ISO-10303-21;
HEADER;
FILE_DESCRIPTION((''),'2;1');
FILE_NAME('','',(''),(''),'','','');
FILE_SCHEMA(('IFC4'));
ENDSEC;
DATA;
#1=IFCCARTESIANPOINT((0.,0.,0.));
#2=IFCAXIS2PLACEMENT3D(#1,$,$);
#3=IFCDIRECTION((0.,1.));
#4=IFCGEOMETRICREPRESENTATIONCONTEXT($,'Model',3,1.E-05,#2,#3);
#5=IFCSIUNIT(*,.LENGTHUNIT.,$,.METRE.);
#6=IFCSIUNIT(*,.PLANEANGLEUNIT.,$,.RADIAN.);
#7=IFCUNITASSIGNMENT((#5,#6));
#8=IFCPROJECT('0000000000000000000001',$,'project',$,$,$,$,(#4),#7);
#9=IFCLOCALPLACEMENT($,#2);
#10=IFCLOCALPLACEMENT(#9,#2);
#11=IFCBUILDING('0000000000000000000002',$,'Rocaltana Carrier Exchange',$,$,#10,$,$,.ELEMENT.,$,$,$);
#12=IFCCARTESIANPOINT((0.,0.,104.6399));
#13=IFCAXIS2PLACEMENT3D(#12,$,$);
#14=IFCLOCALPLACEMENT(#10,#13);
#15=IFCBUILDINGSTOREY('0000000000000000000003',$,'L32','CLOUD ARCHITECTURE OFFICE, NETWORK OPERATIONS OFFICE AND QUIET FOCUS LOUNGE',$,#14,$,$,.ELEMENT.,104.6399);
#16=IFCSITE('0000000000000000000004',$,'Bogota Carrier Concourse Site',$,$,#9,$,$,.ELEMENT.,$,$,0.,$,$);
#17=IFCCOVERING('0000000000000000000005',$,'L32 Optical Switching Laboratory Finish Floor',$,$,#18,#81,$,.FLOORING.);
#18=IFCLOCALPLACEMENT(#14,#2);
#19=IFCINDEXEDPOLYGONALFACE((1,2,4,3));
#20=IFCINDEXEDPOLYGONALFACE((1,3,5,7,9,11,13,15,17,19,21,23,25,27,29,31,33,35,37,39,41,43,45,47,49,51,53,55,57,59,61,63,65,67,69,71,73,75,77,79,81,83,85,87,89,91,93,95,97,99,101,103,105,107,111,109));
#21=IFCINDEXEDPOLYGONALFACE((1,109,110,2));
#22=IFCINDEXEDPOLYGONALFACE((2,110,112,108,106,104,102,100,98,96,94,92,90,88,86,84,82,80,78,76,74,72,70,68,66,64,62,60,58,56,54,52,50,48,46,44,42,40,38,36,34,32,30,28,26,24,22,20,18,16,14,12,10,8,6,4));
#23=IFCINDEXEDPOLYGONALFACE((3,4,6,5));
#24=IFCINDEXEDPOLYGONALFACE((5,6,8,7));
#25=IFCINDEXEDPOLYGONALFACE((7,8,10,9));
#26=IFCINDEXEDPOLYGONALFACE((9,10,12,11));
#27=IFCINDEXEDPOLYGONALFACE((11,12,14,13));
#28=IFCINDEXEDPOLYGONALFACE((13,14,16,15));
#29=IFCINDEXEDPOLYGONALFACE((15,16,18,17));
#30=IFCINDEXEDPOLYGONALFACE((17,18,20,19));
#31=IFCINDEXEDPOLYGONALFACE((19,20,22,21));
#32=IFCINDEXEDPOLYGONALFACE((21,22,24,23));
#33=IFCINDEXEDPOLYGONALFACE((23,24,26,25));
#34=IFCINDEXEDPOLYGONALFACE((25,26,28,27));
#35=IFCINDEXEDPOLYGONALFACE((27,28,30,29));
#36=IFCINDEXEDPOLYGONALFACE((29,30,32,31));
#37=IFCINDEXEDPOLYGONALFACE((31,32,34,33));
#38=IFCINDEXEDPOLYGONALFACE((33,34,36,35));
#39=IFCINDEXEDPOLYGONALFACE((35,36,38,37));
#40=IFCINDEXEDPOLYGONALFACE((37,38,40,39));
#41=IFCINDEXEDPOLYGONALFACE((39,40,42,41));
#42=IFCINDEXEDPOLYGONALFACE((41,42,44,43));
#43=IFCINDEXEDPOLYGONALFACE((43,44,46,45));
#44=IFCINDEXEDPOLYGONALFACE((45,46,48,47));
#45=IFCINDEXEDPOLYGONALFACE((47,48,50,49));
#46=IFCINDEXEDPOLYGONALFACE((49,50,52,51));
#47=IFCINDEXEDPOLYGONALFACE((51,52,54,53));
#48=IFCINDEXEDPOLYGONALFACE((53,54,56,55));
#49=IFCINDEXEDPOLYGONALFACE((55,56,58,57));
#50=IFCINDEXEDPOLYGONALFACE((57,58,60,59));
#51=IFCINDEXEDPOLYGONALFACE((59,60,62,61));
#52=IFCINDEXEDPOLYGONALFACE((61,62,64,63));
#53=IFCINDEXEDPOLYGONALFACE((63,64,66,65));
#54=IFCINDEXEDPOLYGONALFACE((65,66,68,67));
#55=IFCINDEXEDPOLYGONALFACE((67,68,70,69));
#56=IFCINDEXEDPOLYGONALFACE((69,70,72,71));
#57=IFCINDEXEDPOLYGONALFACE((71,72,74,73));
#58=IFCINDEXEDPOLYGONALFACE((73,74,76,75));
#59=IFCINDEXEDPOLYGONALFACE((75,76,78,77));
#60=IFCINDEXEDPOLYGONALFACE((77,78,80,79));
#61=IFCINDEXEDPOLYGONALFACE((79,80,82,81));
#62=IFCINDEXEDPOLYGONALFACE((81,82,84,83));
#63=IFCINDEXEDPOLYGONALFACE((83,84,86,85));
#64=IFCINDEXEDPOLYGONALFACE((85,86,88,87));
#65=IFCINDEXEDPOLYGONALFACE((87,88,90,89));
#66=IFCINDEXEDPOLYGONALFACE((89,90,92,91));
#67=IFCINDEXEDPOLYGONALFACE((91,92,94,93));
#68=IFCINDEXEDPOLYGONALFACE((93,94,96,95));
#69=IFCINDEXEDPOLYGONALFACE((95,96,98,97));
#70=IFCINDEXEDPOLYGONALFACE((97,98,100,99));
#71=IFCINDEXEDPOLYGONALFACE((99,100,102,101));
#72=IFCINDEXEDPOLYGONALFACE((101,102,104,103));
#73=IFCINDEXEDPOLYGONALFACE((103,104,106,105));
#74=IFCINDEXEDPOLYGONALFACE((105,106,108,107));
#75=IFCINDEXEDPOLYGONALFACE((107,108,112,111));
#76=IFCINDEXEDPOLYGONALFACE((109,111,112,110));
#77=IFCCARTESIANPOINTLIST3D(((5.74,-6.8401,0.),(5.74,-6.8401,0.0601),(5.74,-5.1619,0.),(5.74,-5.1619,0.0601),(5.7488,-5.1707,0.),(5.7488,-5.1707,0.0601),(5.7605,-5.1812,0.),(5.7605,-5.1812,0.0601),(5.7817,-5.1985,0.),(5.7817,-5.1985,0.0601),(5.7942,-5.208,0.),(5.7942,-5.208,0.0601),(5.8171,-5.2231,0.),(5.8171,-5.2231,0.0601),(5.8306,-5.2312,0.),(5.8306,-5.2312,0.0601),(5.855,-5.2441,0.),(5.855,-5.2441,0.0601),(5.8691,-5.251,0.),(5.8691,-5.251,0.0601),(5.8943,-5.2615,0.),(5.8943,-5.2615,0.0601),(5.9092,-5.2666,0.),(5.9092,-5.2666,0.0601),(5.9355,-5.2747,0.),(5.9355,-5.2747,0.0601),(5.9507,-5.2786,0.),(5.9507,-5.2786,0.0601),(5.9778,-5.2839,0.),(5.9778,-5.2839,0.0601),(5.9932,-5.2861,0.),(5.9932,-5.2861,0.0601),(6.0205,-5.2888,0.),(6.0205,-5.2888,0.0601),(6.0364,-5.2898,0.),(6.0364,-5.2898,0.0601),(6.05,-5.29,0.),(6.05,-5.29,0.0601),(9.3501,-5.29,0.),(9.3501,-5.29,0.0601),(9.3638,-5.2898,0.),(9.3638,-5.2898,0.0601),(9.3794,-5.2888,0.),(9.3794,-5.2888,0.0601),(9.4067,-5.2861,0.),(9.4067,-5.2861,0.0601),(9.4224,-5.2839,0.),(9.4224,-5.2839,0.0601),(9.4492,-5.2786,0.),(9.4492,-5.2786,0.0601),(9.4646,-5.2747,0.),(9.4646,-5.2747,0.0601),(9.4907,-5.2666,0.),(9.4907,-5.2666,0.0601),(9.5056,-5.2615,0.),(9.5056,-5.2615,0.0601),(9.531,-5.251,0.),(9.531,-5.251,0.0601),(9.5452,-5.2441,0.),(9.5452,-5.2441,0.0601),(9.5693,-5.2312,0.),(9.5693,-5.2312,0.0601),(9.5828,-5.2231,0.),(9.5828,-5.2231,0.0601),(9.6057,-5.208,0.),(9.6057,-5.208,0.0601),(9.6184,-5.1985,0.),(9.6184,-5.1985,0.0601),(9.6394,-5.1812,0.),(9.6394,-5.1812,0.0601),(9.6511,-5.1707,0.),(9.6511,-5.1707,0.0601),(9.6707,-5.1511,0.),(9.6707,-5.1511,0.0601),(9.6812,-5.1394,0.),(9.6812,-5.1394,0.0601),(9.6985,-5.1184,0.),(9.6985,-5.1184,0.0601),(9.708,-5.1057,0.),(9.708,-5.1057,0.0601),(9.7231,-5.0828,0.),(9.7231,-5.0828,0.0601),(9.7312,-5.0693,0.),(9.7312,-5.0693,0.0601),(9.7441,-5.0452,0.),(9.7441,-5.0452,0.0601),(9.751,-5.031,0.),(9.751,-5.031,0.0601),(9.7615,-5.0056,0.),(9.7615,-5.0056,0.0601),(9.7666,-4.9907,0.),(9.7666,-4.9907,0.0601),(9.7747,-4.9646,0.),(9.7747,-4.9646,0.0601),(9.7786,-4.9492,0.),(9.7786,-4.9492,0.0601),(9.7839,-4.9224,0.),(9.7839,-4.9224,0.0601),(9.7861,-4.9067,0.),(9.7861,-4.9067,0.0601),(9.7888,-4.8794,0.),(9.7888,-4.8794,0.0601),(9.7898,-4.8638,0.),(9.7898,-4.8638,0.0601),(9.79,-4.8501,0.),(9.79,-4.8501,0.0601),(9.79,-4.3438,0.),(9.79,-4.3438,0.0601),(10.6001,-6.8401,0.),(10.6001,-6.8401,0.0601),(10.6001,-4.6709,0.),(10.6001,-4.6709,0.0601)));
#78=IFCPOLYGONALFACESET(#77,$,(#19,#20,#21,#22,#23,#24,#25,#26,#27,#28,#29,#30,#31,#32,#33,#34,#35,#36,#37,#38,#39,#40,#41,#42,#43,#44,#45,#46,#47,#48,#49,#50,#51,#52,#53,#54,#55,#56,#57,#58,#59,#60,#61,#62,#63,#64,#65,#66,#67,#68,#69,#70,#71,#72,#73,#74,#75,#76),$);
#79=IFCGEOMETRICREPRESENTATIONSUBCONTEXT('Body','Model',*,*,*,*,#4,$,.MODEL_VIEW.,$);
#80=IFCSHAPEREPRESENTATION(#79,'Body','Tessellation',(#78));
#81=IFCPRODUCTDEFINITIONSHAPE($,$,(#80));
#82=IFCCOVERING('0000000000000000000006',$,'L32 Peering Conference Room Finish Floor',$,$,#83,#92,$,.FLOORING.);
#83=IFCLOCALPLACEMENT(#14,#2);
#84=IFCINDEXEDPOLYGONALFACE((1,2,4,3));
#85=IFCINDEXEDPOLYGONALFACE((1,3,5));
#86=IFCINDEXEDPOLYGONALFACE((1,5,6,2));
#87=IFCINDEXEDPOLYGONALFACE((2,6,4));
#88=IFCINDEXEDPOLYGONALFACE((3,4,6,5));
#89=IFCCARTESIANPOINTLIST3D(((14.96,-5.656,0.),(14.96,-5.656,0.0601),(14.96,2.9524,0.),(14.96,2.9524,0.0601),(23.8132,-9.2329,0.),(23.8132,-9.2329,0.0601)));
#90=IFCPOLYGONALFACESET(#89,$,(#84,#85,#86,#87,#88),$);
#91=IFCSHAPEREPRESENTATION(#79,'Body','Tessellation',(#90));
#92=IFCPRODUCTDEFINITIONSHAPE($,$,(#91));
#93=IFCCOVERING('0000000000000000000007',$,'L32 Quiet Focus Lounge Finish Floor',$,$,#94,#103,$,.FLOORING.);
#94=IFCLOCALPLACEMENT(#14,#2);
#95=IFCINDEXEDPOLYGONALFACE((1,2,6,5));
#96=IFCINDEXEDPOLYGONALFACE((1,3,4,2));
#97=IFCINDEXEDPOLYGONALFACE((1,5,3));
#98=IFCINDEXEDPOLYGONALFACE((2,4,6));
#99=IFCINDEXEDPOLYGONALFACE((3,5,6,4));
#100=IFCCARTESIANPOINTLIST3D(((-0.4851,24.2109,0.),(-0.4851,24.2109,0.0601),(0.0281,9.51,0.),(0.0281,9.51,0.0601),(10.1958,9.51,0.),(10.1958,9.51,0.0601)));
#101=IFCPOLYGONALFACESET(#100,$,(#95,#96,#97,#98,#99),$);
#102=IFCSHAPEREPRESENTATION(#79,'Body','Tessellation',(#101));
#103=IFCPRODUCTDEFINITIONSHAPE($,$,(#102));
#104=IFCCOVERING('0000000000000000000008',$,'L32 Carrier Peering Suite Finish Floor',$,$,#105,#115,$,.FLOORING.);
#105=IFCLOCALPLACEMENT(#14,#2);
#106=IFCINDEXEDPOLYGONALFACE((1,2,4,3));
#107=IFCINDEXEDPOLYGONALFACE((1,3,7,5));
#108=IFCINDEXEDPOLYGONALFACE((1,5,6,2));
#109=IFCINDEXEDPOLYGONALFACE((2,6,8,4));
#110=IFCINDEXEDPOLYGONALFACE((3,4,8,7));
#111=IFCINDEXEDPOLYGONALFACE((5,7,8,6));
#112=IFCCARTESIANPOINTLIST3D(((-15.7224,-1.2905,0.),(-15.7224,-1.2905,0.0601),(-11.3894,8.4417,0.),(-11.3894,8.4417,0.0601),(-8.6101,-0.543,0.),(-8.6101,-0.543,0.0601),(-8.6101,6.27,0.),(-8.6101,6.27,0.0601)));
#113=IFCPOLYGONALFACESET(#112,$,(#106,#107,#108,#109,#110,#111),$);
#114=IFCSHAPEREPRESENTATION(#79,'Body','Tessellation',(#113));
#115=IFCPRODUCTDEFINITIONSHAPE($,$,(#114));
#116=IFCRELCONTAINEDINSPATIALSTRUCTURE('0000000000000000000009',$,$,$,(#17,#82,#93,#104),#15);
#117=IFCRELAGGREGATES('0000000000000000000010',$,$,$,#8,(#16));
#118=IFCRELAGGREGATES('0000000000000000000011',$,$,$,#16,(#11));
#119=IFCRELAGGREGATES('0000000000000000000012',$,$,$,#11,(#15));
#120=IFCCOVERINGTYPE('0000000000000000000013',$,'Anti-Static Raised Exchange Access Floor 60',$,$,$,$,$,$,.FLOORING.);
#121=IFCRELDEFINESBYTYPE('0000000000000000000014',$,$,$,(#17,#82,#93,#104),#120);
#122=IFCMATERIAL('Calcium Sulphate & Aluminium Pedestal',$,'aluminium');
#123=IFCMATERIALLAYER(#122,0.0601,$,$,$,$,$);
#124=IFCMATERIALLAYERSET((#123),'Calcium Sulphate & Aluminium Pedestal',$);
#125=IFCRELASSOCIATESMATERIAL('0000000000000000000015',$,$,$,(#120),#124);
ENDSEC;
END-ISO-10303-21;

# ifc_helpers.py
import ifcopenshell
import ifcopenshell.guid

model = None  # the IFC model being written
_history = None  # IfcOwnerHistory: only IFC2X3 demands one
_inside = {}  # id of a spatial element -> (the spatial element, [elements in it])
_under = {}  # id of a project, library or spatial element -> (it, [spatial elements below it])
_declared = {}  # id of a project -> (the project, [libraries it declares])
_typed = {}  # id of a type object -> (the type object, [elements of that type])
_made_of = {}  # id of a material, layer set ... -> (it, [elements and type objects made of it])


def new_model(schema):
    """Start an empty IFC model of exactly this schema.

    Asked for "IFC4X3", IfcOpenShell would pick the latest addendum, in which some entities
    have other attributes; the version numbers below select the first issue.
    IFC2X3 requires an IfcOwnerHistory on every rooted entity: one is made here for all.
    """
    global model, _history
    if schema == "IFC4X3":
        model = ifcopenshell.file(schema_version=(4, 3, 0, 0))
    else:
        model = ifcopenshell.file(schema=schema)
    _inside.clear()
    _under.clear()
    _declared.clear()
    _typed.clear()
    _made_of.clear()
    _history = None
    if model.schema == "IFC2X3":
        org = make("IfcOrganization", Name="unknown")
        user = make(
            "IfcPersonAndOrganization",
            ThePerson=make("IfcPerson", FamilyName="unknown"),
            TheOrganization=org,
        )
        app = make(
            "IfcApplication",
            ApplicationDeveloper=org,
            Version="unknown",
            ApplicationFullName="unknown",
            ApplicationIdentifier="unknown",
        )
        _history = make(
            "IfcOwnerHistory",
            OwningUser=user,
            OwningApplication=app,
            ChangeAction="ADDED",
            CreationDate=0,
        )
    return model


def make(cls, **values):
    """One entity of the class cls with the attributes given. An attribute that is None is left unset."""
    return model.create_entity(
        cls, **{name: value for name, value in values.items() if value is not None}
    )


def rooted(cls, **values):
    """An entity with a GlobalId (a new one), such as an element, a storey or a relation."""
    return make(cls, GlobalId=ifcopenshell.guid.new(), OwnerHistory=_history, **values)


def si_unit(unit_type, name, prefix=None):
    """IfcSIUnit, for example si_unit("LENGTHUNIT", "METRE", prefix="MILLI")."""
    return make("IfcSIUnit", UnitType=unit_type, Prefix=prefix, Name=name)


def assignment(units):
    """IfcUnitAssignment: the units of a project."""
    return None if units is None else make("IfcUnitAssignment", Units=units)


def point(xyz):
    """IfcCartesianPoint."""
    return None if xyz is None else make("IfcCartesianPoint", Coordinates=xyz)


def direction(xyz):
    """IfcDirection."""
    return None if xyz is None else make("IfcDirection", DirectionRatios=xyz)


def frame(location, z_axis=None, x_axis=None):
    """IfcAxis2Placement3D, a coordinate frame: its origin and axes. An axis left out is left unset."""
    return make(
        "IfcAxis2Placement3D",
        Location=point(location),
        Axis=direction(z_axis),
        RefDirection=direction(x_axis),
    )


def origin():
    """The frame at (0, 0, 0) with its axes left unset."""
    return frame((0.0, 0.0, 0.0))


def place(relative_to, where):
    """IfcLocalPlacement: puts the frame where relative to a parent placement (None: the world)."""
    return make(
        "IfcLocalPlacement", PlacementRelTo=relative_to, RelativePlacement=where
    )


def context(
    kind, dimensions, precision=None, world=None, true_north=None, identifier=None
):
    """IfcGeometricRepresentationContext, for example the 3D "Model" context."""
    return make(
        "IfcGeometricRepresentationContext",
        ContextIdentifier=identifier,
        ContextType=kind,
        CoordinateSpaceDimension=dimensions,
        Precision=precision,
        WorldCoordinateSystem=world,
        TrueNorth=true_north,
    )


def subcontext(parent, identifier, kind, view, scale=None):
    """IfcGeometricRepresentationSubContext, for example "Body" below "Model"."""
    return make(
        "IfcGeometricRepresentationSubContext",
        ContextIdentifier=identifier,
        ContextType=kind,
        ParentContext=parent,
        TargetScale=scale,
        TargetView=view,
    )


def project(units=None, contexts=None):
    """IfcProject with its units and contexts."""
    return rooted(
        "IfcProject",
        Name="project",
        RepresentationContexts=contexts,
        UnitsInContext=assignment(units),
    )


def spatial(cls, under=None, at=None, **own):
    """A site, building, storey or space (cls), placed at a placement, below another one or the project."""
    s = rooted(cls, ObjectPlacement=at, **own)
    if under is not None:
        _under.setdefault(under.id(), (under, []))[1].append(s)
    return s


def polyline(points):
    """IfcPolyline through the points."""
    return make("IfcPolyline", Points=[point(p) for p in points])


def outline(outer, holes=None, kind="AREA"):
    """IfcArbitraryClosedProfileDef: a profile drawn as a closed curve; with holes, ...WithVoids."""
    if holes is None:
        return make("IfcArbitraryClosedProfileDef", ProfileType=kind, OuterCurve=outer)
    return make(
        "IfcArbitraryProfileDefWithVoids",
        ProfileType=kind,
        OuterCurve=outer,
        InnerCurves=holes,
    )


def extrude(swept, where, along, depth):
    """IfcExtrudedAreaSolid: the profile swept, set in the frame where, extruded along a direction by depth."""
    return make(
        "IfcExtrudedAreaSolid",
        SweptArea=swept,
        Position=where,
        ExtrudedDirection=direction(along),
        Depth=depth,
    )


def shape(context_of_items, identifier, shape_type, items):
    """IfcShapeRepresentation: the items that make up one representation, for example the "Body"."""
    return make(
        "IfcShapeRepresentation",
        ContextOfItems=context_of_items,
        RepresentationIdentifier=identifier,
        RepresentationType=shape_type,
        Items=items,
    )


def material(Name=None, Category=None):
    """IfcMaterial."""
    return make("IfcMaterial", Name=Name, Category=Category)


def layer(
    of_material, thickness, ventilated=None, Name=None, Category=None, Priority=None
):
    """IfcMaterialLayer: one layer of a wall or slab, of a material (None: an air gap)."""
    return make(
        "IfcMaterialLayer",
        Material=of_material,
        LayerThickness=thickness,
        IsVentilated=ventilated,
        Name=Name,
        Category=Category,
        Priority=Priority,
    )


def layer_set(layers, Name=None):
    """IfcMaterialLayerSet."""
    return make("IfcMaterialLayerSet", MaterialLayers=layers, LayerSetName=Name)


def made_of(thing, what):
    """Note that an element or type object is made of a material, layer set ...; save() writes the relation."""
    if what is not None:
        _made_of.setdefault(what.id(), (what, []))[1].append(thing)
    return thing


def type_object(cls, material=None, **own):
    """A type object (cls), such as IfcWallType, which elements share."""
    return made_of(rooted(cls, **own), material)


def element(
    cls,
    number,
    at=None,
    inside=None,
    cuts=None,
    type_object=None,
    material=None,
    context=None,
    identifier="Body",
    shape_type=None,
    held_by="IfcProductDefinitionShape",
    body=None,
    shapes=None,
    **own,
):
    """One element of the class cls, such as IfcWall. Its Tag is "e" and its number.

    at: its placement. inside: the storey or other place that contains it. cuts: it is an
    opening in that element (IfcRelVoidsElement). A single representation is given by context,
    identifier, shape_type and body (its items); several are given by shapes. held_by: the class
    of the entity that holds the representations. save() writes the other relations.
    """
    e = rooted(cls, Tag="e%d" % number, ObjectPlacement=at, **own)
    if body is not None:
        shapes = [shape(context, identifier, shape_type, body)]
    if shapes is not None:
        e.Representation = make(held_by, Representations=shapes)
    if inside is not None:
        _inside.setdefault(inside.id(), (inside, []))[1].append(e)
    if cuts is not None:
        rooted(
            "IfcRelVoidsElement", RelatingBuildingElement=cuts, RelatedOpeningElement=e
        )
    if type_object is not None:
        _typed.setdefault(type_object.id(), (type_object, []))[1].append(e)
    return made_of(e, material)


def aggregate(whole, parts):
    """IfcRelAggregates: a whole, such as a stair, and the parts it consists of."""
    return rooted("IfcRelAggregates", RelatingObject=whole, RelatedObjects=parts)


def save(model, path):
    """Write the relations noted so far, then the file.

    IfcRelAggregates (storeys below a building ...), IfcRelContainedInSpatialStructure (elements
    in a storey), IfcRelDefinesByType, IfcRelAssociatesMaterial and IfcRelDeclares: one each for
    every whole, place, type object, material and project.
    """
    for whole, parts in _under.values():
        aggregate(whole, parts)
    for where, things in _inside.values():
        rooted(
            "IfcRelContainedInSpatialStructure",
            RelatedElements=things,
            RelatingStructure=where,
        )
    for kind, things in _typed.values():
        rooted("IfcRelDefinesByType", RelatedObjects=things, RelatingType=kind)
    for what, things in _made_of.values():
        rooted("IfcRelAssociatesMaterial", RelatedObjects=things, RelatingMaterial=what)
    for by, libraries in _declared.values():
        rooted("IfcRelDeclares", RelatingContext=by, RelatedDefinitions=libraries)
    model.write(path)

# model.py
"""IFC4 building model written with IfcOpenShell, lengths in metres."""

from ifc_helpers import new_model, si_unit, direction, frame, origin, place, context, subcontext, project, spatial, polyline, outline, extrude, material, layer, layer_set, type_object, element, save


model = new_model("IFC4")

# Units and contexts
model_context = context("Model", 3, precision=1e-05, world=origin(), true_north=direction((0.0, 1.0)))
body_context = subcontext(model_context, "Body", "Model", "MODEL_VIEW")
ifc_project = project(units=[si_unit("LENGTHUNIT", "METRE"), si_unit("PLANEANGLEUNIT", "RADIAN")], contexts=[model_context])

# Site, building, storey
site_placement = place(None, origin())
site = spatial("IfcSite", under=ifc_project, at=site_placement, Name="Bogota Carrier Concourse Site", CompositionType="ELEMENT", RefElevation=0.0)
building_placement = place(site_placement, origin())
building = spatial("IfcBuilding", under=site, at=building_placement, Name="Rocaltana Carrier Exchange", CompositionType="ELEMENT")
storey_placement = place(building_placement, frame((0.0, 0.0, 104.6399)))
storey = spatial("IfcBuildingStorey", under=building, at=storey_placement, Name="L32", Description="CLOUD ARCHITECTURE OFFICE, NETWORK OPERATIONS OFFICE AND QUIET FOCUS LOUNGE", CompositionType="ELEMENT", Elevation=104.6399)

# Coverings
ifc_material_1 = material(Name="Calcium Sulphate & Aluminium Pedestal", Category="aluminium")
ifc_layer_1 = layer(ifc_material_1, 0.0601)
ifc_layer_set_1 = layer_set([ifc_layer_1], Name="Calcium Sulphate & Aluminium Pedestal")
covering_type_1 = type_object("IfcCoveringType", Name="Anti-Static Raised Exchange Access Floor 60", PredefinedType="FLOORING", material=ifc_layer_set_1)
covering_1_placement = place(storey_placement, origin())
element("IfcCovering", 1, at=covering_1_placement, inside=storey, type_object=covering_type_1, Name="L32 Optical Switching Laboratory Finish Floor", PredefinedType="FLOORING", context=body_context, shape_type="SweptSolid", body=[
    extrude(outline(polyline([(5.74, -6.8401), (5.74, -5.1619), (5.7488, -5.1707), (5.7605, -5.1812), (5.7817, -5.1985), (5.7942, -5.208), (5.8171, -5.2231), (5.8306, -5.2312), (5.855, -5.2441), (5.8691, -5.251), (5.8943, -5.2615), (5.9092, -5.2666), (5.9355, -5.2747), (5.9507, -5.2786), (5.9778, -5.2839), (5.9932, -5.2861), (6.0205, -5.2888), (6.0364, -5.2898), (6.05, -5.29), (9.3501, -5.29), (9.3638, -5.2898), (9.3794, -5.2888), (9.4067, -5.2861), (9.4224, -5.2839), (9.4492, -5.2786), (9.4646, -5.2747), (9.4907, -5.2666), (9.5056, -5.2615), (9.531, -5.251), (9.5452, -5.2441), (9.5693, -5.2312), (9.5828, -5.2231), (9.6057, -5.208), (9.6184, -5.1985), (9.6394, -5.1812), (9.6511, -5.1707), (9.6707, -5.1511), (9.6812, -5.1394), (9.6985, -5.1184), (9.708, -5.1057), (9.7231, -5.0828), (9.7312, -5.0693), (9.7441, -5.0452), (9.751, -5.031), (9.7615, -5.0056), (9.7666, -4.9907), (9.7747, -4.9646), (9.7786, -4.9492), (9.7839, -4.9224), (9.7861, -4.9067), (9.7888, -4.8794), (9.7898, -4.8638), (9.79, -4.8501), (9.79, -4.3438), (10.6001, -4.6709), (10.6001, -6.8401), (5.74, -6.8401)])), origin(), (0.0, 0.0, 1.0), 0.0601),
])
covering_2_placement = place(storey_placement, origin())
element("IfcCovering", 2, at=covering_2_placement, inside=storey, type_object=covering_type_1, Name="L32 Peering Conference Room Finish Floor", PredefinedType="FLOORING", context=body_context, shape_type="SweptSolid", body=[
    extrude(outline(polyline([(14.96, 2.9524), (23.8132, -9.2329), (14.96, -5.656), (14.96, 2.9524)])), origin(), (0.0, 0.0, 1.0), 0.0601),
])
covering_3_placement = place(storey_placement, origin())
element("IfcCovering", 3, at=covering_3_placement, inside=storey, type_object=covering_type_1, Name="L32 Quiet Focus Lounge Finish Floor", PredefinedType="FLOORING", context=body_context, shape_type="SweptSolid", body=[
    extrude(outline(polyline([(10.1958, 9.51), (0.0281, 9.51), (-0.4851, 24.2109), (10.1958, 9.51)])), origin(), (0.0, 0.0, 1.0), 0.0601),
])
covering_4_placement = place(storey_placement, origin())
element("IfcCovering", 4, at=covering_4_placement, inside=storey, type_object=covering_type_1, Name="L32 Carrier Peering Suite Finish Floor", PredefinedType="FLOORING", context=body_context, shape_type="SweptSolid", body=[
    extrude(outline(polyline([(-11.3894, 8.4417), (-8.6101, 6.27), (-8.6101, -0.543), (-15.7224, -1.2905), (-11.3894, 8.4417)])), origin(), (0.0, 0.0, 1.0), 0.0601),
])

save(model, "model.ifc")
